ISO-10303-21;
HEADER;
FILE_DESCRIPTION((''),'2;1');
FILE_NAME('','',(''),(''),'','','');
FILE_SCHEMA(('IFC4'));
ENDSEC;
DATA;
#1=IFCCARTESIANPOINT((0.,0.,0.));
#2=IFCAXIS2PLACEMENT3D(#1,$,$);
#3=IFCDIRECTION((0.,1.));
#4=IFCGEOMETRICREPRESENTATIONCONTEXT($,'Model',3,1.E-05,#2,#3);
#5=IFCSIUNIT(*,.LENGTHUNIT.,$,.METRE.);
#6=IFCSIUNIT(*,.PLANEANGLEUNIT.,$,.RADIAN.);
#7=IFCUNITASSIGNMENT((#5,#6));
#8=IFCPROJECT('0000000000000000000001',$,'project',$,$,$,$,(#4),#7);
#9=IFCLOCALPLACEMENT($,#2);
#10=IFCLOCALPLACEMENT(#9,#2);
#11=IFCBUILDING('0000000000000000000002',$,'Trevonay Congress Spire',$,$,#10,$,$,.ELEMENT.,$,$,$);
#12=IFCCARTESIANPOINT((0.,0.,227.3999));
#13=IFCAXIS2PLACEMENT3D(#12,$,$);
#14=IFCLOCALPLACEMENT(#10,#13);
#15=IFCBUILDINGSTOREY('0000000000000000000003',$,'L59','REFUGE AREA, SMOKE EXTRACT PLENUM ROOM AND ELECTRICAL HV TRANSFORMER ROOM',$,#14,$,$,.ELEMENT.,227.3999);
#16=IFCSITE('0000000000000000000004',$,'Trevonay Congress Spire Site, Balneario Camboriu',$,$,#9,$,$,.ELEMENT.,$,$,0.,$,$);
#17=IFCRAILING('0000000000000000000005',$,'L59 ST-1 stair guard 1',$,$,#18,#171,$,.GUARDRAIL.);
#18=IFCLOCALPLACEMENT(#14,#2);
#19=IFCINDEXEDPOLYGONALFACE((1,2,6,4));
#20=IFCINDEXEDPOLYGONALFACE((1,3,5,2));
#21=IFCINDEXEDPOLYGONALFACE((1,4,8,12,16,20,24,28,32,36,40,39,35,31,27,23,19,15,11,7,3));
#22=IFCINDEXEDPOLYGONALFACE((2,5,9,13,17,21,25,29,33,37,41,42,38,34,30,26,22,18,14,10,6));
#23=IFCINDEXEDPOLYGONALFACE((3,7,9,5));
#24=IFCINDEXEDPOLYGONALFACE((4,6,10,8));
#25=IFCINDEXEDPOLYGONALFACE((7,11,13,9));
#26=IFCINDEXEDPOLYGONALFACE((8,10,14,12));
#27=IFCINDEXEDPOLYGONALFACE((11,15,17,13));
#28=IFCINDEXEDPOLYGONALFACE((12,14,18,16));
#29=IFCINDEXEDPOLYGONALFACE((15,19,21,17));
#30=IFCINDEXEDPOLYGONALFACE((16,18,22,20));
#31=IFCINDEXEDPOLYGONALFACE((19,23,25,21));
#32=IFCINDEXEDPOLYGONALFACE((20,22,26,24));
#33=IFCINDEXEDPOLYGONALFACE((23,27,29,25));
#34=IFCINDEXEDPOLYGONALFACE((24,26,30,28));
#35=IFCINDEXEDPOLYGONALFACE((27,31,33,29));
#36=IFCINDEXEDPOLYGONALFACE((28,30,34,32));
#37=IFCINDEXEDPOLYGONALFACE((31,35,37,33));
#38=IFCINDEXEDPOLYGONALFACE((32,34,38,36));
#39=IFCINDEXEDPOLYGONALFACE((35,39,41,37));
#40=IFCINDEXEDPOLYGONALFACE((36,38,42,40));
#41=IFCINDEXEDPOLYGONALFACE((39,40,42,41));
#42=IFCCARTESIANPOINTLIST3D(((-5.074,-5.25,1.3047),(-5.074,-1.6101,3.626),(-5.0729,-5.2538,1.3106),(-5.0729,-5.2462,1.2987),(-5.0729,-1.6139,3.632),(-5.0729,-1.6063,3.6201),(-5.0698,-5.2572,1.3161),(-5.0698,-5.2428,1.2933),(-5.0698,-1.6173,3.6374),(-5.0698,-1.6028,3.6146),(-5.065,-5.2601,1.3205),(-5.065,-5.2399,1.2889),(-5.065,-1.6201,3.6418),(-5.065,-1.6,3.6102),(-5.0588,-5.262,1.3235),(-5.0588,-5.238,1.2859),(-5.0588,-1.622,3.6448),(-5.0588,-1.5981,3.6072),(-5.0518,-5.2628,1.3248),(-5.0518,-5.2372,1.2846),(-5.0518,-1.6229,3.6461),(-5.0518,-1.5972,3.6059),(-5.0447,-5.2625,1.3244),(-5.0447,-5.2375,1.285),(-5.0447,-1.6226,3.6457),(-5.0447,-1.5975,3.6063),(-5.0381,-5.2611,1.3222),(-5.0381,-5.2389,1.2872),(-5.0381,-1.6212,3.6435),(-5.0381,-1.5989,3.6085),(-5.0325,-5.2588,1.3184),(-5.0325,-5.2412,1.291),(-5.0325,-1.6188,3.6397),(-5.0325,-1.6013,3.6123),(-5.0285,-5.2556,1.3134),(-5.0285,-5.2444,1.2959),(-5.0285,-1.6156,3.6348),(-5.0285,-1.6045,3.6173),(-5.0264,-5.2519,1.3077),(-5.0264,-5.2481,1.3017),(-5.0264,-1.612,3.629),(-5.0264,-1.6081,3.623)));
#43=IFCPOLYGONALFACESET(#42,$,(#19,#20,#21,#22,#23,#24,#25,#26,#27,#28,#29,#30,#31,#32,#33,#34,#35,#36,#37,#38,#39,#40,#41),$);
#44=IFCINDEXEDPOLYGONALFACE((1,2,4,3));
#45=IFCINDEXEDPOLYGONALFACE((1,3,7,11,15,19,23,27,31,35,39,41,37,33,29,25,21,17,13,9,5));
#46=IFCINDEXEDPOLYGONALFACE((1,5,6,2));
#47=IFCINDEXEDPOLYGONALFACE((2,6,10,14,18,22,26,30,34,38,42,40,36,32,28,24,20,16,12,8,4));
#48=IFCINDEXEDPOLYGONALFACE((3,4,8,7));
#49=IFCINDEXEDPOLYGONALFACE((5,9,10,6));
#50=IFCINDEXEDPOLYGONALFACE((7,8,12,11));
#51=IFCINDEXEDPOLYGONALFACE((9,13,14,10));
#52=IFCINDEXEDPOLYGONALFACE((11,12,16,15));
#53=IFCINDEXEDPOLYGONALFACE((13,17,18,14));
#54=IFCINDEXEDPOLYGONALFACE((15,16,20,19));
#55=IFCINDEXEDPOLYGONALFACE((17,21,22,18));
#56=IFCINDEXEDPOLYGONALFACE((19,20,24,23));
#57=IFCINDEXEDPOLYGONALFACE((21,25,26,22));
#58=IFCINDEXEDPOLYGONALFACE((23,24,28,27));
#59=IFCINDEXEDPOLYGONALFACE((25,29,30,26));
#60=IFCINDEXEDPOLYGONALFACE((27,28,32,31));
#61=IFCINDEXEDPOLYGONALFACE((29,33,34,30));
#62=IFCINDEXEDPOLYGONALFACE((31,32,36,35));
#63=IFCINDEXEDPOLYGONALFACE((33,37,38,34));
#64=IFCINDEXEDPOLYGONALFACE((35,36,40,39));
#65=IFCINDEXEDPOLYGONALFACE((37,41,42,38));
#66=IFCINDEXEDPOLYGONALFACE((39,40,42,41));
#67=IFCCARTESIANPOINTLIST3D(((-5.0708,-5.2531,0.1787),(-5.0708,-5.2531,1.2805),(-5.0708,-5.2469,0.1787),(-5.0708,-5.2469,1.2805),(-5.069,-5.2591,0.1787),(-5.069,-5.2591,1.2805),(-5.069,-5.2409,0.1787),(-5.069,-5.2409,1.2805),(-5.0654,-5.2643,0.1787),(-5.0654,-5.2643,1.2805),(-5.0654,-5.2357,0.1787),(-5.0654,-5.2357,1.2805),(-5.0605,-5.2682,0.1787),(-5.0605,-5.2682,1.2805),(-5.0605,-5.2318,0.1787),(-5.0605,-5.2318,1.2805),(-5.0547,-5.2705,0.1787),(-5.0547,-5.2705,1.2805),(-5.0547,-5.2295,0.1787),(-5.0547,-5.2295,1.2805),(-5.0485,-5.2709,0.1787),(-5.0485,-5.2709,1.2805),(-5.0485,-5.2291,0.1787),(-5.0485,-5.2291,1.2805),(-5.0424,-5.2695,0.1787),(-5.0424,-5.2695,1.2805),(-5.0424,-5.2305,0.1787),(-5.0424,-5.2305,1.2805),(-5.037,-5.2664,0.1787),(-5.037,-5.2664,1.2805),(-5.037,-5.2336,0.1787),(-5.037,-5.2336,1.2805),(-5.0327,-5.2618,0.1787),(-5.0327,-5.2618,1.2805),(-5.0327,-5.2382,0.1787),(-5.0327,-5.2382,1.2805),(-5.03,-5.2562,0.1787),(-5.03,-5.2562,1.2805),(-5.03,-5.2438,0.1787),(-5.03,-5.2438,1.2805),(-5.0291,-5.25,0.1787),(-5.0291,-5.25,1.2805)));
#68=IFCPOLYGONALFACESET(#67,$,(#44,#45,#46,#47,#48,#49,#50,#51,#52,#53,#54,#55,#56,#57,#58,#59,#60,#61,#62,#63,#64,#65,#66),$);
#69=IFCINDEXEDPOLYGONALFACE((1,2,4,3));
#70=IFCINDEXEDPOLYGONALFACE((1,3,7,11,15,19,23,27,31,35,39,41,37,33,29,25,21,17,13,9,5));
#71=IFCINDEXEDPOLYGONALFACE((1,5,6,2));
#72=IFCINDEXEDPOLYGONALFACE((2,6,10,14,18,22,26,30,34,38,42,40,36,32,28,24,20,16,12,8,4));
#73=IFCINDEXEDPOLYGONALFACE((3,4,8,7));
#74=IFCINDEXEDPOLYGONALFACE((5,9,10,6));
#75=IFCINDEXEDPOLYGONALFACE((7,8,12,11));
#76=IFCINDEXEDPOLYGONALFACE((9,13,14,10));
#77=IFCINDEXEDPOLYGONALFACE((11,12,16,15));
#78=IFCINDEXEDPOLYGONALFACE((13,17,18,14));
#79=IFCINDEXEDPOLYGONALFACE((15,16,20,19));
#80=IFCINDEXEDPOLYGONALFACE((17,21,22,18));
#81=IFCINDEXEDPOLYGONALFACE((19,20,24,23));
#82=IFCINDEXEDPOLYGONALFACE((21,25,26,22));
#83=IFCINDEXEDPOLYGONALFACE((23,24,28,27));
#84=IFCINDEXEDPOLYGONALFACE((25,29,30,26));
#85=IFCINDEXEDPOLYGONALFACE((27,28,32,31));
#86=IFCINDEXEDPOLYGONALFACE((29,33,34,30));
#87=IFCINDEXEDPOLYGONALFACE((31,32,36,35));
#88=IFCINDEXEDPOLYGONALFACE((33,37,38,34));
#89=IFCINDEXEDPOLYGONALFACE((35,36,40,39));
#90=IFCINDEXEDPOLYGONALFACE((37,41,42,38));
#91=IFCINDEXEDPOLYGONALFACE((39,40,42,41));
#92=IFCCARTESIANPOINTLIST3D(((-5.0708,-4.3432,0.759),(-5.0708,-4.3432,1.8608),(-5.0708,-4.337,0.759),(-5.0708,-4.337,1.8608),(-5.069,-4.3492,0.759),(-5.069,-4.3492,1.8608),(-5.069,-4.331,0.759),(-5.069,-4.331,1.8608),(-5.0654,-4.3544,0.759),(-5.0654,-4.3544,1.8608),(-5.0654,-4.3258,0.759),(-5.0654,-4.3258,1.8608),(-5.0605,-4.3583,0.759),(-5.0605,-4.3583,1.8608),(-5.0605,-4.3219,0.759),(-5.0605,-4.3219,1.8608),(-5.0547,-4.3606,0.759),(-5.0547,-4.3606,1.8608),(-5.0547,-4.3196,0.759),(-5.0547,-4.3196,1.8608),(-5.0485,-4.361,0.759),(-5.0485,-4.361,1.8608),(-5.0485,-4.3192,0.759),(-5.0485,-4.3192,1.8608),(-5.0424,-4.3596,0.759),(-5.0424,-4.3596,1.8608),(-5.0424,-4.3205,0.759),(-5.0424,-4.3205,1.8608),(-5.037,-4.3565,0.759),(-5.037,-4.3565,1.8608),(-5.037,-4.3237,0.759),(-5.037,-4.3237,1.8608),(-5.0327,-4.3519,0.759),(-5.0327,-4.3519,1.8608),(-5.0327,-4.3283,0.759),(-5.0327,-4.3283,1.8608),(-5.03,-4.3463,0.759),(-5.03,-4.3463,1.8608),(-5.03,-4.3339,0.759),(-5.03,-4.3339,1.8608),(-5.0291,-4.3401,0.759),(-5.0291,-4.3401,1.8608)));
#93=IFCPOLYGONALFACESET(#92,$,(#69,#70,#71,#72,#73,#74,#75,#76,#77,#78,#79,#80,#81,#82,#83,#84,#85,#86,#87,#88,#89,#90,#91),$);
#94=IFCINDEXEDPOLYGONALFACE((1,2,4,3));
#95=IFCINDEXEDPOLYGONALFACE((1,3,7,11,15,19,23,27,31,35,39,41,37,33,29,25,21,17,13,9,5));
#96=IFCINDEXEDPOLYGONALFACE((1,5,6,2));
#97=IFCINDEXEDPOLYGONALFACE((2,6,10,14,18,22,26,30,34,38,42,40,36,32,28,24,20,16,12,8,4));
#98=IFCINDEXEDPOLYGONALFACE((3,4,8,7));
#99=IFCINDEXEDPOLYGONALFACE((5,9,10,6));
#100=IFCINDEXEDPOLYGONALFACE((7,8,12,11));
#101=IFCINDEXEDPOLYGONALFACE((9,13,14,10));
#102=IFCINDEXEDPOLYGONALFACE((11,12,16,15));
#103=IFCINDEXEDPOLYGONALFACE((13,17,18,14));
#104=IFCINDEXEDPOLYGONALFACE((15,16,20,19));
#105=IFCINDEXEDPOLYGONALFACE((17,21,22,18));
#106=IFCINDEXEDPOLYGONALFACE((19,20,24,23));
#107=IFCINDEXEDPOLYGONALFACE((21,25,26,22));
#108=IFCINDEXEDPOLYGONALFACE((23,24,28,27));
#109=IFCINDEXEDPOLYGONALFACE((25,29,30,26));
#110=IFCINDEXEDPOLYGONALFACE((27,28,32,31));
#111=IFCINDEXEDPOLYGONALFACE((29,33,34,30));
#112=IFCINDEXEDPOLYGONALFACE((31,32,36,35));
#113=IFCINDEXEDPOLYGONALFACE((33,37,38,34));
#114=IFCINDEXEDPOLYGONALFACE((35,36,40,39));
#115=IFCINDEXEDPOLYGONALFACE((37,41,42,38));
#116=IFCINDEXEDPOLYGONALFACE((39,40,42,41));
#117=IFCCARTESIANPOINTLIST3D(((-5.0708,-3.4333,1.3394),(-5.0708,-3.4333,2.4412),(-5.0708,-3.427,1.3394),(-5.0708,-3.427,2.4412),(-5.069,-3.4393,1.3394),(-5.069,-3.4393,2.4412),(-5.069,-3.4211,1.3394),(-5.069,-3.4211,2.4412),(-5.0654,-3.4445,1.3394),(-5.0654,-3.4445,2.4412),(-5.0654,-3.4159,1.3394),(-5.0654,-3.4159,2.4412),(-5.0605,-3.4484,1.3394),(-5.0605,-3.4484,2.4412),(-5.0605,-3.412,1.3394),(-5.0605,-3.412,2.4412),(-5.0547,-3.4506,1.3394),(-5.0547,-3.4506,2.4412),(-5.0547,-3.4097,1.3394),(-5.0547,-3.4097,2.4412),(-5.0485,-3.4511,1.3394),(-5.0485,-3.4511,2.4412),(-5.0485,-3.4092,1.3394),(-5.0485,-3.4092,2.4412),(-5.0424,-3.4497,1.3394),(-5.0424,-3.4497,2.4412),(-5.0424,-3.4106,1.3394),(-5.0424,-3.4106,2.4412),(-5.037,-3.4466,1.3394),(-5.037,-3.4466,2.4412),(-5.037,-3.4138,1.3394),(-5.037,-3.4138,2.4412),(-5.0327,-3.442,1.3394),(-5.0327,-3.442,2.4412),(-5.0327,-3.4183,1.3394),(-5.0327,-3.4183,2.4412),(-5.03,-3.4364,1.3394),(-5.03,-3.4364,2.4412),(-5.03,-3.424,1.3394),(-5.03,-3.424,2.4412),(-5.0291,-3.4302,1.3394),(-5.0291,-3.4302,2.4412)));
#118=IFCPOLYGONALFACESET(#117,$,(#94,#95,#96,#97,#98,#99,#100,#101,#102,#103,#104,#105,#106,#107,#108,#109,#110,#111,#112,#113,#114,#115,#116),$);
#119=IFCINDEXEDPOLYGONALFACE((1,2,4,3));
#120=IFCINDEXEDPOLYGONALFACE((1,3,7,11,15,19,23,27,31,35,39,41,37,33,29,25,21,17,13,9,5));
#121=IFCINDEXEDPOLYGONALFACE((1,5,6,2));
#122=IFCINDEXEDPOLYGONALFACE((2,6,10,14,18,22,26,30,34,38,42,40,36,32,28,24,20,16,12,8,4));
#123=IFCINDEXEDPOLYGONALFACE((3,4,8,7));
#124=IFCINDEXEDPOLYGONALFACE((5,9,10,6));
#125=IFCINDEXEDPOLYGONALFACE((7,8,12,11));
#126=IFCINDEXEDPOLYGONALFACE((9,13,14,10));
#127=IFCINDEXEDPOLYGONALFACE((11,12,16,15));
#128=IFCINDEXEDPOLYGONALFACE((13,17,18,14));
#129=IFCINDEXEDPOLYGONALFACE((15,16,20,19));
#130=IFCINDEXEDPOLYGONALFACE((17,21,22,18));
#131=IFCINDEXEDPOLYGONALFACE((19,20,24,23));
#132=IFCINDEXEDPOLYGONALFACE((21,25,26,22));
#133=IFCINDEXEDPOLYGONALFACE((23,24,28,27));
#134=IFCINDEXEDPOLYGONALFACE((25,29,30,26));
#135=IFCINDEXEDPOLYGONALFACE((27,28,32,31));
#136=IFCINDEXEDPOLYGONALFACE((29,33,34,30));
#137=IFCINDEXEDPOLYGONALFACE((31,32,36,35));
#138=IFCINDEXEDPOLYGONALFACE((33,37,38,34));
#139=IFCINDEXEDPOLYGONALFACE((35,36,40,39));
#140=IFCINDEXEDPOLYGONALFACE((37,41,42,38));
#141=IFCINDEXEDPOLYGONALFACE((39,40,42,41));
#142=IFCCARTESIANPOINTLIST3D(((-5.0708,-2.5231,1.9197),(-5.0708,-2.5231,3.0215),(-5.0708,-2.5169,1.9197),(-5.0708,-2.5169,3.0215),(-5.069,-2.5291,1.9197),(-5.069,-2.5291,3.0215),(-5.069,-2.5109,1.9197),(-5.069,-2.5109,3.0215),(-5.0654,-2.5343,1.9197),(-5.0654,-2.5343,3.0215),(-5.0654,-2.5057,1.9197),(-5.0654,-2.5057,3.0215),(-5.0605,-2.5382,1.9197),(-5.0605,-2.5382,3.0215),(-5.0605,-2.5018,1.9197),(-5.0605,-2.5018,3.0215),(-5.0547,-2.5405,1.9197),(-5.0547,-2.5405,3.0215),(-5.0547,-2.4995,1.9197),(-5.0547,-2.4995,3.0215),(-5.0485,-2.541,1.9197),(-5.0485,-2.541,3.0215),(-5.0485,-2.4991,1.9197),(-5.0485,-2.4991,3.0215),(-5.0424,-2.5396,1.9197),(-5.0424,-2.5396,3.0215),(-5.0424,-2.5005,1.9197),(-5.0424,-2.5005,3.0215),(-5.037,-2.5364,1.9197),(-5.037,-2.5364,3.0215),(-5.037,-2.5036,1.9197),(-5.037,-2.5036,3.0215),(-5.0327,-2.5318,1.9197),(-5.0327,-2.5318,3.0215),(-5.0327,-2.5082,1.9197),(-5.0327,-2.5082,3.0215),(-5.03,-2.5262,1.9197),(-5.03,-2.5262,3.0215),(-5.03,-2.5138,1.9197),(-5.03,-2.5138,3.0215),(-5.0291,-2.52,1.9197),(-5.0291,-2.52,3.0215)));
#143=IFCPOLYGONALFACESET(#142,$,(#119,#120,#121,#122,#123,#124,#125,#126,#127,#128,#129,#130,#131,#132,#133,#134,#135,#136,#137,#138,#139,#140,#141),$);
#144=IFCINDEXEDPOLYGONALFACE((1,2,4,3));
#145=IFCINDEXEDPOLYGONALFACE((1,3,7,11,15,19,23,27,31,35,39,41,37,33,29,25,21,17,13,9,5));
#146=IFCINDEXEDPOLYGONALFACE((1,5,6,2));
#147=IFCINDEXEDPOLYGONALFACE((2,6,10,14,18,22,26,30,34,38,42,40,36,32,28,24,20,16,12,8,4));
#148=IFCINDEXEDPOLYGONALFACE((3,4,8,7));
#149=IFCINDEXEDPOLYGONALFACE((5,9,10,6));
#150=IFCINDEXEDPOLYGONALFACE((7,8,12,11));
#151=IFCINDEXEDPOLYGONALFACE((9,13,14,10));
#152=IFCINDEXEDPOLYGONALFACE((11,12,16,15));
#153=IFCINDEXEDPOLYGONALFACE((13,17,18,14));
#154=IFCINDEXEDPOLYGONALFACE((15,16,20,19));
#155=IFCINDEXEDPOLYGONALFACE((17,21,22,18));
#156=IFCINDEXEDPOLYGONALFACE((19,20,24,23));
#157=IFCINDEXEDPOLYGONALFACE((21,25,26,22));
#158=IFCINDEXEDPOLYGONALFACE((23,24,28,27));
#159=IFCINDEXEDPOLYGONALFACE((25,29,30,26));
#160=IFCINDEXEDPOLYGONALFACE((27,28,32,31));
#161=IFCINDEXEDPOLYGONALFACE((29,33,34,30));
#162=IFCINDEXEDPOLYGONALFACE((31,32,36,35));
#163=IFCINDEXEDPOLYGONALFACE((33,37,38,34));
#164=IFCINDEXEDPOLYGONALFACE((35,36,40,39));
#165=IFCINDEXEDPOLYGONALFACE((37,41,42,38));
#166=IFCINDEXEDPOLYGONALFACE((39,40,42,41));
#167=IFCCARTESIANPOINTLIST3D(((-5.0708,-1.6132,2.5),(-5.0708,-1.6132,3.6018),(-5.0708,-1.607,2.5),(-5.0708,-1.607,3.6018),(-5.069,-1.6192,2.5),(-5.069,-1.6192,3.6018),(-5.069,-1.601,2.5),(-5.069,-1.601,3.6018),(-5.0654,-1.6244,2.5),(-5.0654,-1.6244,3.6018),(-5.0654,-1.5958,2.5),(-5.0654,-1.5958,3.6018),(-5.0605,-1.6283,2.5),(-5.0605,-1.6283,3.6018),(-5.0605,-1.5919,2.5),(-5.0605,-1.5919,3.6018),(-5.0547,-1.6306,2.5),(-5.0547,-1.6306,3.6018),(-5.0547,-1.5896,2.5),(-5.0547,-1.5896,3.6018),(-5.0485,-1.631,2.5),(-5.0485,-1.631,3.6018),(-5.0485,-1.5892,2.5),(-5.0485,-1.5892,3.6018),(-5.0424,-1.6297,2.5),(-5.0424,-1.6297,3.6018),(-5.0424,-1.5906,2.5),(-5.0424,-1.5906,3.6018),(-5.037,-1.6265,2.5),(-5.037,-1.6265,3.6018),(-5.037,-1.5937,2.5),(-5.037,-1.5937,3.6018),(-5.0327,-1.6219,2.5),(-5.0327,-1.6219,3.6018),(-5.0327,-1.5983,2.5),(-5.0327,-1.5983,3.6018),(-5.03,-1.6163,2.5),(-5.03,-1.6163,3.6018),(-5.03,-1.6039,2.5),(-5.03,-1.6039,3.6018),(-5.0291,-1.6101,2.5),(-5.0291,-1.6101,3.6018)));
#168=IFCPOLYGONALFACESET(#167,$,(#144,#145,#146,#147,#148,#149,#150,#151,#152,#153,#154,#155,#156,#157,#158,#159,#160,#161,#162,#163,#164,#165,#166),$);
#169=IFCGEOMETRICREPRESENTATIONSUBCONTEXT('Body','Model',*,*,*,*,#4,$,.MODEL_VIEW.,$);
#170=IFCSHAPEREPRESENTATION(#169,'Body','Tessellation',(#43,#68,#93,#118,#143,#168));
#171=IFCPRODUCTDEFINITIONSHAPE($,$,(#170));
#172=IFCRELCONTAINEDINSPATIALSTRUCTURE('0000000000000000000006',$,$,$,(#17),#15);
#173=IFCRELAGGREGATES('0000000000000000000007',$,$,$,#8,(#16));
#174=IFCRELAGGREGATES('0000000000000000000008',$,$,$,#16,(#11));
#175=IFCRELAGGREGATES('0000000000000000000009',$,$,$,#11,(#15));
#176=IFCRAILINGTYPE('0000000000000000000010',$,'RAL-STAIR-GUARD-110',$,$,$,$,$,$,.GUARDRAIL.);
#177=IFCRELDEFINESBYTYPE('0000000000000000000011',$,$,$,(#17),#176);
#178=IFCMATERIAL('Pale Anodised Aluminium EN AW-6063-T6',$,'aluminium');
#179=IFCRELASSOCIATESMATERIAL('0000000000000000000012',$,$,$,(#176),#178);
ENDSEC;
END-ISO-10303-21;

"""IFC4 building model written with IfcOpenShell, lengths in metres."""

from ifc_helpers import new_model, si_unit, direction, frame, origin, origin_2d, place, context, subcontext, project, spatial, circle, extrude, material, type_object, element, save


model = new_model("IFC4")

# Units and contexts
model_context = context("Model", 3, precision=1e-05, world=origin(), true_north=direction((0.0, 1.0)))
body_context = subcontext(model_context, "Body", "Model", "MODEL_VIEW")
ifc_project = project(units=[si_unit("LENGTHUNIT", "METRE"), si_unit("PLANEANGLEUNIT", "RADIAN")], contexts=[model_context])

# Site, building, storey
site_placement = place(None, origin())
site = spatial("IfcSite", under=ifc_project, at=site_placement, Name="Trevonay Congress Spire Site, Balneario Camboriu", CompositionType="ELEMENT", RefElevation=0.0)
building_placement = place(site_placement, origin())
building = spatial("IfcBuilding", under=site, at=building_placement, Name="Trevonay Congress Spire", CompositionType="ELEMENT")
storey_placement = place(building_placement, frame((0.0, 0.0, 227.3999)))
storey = spatial("IfcBuildingStorey", under=building, at=storey_placement, Name="L59", Description="REFUGE AREA, SMOKE EXTRACT PLENUM ROOM AND ELECTRICAL HV TRANSFORMER ROOM", CompositionType="ELEMENT", Elevation=227.3999)

# Railing
ifc_material_1 = material(Name="Pale Anodised Aluminium EN AW-6063-T6", Category="aluminium")
railing_type_1 = type_object("IfcRailingType", Name="RAL-STAIR-GUARD-110", PredefinedType="GUARDRAIL", material=ifc_material_1)
railing_1_placement = place(storey_placement, frame((-5.05, -5.25, 0.1787)))
element("IfcRailing", 1, at=railing_1_placement, inside=storey, type_object=railing_type_1, Name="L59 ST-1 stair guard 1", PredefinedType="GUARDRAIL", context=body_context, shape_type="SweptSolid", body=[
    extrude(circle(Radius=0.0239, at=origin_2d()), frame((0.0, 0.0, 1.126), z_axis=(0.0, 0.843137, 0.537699), x_axis=(-1.0, 0.0, 0.0)), (0.0, 0.0, 1.0), 4.3171),
    extrude(circle(Radius=0.021, at=origin_2d()), origin(), (0.0, 0.0, 1.0), 1.1018),
    extrude(circle(Radius=0.021, at=origin_2d()), frame((0.0, 0.9099, 0.5803)), (0.0, 0.0, 1.0), 1.1018),
    extrude(circle(Radius=0.021, at=origin_2d()), frame((0.0, 1.8198, 1.1606)), (0.0, 0.0, 1.0), 1.1018),
    extrude(circle(Radius=0.021, at=origin_2d()), frame((0.0, 2.73, 1.741)), (0.0, 0.0, 1.0), 1.1018),
    extrude(circle(Radius=0.021, at=origin_2d()), frame((0.0, 3.6399, 2.3213)), (0.0, 0.0, 1.0), 1.1018),
])

save(model, "model.ifc")
